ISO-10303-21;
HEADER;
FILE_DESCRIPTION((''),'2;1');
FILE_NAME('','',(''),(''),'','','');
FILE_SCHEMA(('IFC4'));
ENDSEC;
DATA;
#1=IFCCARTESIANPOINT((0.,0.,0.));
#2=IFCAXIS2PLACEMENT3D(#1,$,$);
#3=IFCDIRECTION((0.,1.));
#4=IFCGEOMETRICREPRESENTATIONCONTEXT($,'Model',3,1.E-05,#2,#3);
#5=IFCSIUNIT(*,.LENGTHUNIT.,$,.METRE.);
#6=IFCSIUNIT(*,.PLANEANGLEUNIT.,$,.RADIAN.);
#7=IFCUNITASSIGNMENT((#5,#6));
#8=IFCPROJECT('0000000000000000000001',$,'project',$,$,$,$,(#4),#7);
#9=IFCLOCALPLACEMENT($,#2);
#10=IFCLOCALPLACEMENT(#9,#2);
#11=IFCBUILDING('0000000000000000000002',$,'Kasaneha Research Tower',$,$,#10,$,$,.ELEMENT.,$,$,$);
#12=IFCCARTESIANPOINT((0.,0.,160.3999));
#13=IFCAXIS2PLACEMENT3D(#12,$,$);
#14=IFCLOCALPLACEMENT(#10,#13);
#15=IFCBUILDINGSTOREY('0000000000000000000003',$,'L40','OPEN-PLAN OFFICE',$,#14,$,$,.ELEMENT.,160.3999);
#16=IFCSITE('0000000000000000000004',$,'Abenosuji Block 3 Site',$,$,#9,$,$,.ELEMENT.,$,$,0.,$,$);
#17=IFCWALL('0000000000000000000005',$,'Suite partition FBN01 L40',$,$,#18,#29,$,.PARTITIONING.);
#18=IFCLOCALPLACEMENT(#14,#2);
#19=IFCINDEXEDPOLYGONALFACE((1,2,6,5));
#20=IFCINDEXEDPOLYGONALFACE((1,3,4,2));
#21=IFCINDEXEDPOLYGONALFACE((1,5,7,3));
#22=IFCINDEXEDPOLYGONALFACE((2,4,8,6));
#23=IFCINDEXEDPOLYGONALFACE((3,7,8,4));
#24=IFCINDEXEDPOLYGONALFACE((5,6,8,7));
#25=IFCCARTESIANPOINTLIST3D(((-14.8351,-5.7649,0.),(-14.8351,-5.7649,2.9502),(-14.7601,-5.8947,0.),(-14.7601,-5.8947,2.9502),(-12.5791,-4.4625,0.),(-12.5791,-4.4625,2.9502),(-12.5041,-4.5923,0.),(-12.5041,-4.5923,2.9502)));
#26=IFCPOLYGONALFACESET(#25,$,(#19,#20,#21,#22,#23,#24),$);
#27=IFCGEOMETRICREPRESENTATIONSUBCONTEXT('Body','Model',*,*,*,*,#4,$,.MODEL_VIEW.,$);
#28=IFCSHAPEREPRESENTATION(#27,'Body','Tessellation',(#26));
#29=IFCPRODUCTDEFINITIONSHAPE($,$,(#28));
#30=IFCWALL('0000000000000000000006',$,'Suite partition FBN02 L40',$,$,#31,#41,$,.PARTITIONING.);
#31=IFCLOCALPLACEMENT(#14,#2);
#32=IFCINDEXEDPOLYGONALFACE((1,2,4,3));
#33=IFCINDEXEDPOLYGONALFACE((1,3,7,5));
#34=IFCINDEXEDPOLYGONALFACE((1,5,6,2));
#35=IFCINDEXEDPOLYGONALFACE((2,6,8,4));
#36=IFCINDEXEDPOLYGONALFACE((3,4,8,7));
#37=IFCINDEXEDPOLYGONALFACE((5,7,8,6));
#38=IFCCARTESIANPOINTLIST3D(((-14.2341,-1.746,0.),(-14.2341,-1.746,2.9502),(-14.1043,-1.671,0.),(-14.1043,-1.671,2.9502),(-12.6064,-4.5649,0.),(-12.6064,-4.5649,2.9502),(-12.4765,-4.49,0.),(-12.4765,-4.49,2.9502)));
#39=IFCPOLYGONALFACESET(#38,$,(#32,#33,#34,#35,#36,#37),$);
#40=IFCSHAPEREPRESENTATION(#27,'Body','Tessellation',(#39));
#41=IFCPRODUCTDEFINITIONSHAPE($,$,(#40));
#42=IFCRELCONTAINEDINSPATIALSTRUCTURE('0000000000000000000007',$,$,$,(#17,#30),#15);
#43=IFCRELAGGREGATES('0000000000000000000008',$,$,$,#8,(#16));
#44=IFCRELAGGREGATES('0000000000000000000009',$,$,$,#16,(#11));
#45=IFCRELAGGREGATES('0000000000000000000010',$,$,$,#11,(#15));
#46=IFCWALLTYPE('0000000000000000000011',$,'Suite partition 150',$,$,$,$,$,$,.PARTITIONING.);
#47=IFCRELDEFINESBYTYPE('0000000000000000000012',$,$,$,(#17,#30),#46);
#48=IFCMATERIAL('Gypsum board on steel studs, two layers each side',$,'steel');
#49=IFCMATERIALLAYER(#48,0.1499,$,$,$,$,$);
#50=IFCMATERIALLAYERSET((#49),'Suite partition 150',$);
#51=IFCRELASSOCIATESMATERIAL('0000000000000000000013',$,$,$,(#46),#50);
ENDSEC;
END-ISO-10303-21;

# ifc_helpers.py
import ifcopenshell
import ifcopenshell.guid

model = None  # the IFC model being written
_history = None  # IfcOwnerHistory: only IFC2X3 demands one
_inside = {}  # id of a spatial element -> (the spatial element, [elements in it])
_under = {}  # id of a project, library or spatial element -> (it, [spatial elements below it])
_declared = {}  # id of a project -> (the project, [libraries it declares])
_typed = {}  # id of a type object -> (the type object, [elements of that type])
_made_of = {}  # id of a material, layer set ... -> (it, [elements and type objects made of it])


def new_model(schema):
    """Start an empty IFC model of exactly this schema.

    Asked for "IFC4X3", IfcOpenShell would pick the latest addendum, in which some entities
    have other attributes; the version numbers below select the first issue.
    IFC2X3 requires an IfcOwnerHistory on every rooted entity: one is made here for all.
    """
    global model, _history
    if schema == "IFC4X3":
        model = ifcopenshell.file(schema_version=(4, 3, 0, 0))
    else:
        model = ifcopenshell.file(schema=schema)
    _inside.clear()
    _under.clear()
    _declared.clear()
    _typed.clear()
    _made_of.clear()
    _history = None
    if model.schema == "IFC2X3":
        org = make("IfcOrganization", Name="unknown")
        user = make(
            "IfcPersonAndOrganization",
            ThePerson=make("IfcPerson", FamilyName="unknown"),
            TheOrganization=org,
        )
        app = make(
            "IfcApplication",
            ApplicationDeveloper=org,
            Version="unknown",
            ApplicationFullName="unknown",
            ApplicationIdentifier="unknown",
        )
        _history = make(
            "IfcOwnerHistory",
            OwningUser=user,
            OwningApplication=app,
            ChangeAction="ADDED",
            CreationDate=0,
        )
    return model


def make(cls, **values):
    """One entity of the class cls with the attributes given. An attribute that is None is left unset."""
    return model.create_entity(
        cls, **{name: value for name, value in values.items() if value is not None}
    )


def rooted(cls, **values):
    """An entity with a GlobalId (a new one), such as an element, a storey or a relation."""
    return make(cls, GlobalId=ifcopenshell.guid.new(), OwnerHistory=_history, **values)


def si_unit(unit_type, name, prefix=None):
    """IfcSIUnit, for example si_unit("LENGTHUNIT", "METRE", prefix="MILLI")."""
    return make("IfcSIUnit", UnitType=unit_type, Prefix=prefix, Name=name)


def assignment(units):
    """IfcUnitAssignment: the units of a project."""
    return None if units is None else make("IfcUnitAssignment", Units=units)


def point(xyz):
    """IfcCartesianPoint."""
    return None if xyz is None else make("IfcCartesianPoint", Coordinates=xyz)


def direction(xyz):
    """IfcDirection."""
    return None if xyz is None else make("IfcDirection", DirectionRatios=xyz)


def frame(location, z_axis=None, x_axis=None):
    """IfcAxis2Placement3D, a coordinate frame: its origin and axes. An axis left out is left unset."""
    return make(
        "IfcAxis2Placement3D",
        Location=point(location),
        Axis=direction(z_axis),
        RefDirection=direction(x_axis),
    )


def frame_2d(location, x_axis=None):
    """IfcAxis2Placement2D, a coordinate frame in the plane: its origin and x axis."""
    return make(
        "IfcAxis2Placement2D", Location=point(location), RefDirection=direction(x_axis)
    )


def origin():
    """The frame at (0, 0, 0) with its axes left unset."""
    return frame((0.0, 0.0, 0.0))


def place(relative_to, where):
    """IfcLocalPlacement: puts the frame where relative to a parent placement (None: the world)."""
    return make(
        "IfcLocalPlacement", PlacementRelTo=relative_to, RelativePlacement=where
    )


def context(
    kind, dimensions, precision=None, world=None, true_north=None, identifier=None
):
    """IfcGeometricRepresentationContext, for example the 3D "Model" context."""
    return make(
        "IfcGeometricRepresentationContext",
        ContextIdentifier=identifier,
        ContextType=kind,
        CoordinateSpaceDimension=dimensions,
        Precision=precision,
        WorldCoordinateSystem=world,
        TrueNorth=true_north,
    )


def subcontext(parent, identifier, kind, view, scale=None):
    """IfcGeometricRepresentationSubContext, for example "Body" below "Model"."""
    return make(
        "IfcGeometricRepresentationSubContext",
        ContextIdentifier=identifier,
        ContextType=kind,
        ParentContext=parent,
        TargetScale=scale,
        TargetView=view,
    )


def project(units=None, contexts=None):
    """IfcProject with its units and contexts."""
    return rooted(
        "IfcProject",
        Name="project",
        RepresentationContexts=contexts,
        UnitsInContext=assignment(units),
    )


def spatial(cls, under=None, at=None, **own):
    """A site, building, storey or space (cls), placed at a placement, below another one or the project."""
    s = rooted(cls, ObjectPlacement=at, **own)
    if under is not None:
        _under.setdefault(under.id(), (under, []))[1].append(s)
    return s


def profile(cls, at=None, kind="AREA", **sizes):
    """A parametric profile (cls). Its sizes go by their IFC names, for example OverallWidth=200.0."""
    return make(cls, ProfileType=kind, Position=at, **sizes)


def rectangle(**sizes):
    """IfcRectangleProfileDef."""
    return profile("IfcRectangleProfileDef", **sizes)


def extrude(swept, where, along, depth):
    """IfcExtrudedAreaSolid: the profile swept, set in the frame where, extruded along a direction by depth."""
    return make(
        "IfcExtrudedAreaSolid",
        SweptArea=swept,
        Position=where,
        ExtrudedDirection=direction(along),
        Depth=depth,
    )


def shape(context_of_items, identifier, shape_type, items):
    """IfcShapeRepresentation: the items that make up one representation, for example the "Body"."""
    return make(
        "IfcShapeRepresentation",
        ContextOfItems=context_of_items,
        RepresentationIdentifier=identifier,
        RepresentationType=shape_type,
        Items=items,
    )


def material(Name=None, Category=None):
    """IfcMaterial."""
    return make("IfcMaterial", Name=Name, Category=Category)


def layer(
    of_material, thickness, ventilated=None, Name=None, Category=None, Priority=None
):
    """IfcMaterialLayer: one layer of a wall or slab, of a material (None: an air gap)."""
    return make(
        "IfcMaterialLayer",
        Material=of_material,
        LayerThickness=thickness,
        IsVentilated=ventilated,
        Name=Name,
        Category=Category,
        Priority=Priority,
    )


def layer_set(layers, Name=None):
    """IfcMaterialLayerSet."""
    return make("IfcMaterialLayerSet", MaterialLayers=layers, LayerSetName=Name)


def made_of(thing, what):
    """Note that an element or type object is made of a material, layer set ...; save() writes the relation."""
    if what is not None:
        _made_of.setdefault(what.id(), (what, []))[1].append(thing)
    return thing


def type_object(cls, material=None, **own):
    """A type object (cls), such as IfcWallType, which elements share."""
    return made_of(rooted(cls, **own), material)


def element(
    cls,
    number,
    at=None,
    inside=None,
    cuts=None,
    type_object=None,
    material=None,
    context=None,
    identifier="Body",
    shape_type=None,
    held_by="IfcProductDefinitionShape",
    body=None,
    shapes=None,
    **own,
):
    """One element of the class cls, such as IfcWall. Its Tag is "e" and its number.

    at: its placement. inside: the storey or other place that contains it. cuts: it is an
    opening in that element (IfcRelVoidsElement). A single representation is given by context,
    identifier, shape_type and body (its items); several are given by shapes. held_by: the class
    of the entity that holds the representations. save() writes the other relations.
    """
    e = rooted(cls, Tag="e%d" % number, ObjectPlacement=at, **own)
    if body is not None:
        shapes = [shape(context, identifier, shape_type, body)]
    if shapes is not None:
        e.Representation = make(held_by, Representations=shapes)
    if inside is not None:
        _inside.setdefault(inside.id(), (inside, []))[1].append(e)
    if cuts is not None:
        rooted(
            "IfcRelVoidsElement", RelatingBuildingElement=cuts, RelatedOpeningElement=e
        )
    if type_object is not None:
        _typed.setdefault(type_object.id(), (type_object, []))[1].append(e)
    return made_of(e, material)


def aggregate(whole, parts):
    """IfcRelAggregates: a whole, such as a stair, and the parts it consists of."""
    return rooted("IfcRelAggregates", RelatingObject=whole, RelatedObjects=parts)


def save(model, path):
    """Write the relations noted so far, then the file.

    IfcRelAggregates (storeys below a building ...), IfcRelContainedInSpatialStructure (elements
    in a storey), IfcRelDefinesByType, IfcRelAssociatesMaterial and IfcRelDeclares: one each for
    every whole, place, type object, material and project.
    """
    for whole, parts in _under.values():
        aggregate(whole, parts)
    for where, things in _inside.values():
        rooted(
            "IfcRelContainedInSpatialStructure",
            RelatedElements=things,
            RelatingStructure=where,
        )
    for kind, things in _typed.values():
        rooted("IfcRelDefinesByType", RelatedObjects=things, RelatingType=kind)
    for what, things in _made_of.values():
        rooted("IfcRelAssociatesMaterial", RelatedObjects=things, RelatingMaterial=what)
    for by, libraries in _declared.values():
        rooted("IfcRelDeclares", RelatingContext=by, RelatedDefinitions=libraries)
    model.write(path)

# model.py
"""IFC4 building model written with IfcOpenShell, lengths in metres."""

from ifc_helpers import new_model, si_unit, direction, frame, frame_2d, origin, place, context, subcontext, project, spatial, rectangle, extrude, material, layer, layer_set, type_object, element, save


model = new_model("IFC4")

# Units and contexts
model_context = context("Model", 3, precision=1e-05, world=origin(), true_north=direction((0.0, 1.0)))
body_context = subcontext(model_context, "Body", "Model", "MODEL_VIEW")
ifc_project = project(units=[si_unit("LENGTHUNIT", "METRE"), si_unit("PLANEANGLEUNIT", "RADIAN")], contexts=[model_context])

# Site, building, storey
site_placement = place(None, origin())
site = spatial("IfcSite", under=ifc_project, at=site_placement, Name="Abenosuji Block 3 Site", CompositionType="ELEMENT", RefElevation=0.0)
building_placement = place(site_placement, origin())
building = spatial("IfcBuilding", under=site, at=building_placement, Name="Kasaneha Research Tower", CompositionType="ELEMENT")
storey_placement = place(building_placement, frame((0.0, 0.0, 160.3999)))
storey = spatial("IfcBuildingStorey", under=building, at=storey_placement, Name="L40", Description="OPEN-PLAN OFFICE", CompositionType="ELEMENT", Elevation=160.3999)

# Walls
ifc_material_1 = material(Name="Gypsum board on steel studs, two layers each side", Category="steel")
ifc_layer_1 = layer(ifc_material_1, 0.1499)
ifc_layer_set_1 = layer_set([ifc_layer_1], Name="Suite partition 150")
wall_type_1 = type_object("IfcWallType", Name="Suite partition 150", PredefinedType="PARTITIONING", material=ifc_layer_set_1)
wall_1_placement = place(storey_placement, frame((-14.7976, -5.8298, 0.0), z_axis=(0.0, 0.0, 1.0), x_axis=(0.866037, 0.499979, 0.0)))
element("IfcWall", 1, at=wall_1_placement, inside=storey, type_object=wall_type_1, Name="Suite partition FBN01 L40", PredefinedType="PARTITIONING", context=body_context, shape_type="SweptSolid", body=[
    extrude(rectangle(XDim=2.605, YDim=0.1499, at=frame_2d((1.3025, 0.0))), origin(), (0.0, 0.0, 1.0), 2.9502),
])
wall_2_placement = place(storey_placement, frame((-12.5415, -4.5273, 0.0), z_axis=(0.0, 0.0, 1.0), x_axis=(-0.500051, 0.865996, 0.0)))
element("IfcWall", 2, at=wall_2_placement, inside=storey, type_object=wall_type_1, Name="Suite partition FBN02 L40", PredefinedType="PARTITIONING", context=body_context, shape_type="SweptSolid", body=[
    extrude(rectangle(XDim=3.2551, YDim=0.1499, at=frame_2d((1.6274, 0.0))), origin(), (0.0, 0.0, 1.0), 2.9502),
])

save(model, "model.ifc")
